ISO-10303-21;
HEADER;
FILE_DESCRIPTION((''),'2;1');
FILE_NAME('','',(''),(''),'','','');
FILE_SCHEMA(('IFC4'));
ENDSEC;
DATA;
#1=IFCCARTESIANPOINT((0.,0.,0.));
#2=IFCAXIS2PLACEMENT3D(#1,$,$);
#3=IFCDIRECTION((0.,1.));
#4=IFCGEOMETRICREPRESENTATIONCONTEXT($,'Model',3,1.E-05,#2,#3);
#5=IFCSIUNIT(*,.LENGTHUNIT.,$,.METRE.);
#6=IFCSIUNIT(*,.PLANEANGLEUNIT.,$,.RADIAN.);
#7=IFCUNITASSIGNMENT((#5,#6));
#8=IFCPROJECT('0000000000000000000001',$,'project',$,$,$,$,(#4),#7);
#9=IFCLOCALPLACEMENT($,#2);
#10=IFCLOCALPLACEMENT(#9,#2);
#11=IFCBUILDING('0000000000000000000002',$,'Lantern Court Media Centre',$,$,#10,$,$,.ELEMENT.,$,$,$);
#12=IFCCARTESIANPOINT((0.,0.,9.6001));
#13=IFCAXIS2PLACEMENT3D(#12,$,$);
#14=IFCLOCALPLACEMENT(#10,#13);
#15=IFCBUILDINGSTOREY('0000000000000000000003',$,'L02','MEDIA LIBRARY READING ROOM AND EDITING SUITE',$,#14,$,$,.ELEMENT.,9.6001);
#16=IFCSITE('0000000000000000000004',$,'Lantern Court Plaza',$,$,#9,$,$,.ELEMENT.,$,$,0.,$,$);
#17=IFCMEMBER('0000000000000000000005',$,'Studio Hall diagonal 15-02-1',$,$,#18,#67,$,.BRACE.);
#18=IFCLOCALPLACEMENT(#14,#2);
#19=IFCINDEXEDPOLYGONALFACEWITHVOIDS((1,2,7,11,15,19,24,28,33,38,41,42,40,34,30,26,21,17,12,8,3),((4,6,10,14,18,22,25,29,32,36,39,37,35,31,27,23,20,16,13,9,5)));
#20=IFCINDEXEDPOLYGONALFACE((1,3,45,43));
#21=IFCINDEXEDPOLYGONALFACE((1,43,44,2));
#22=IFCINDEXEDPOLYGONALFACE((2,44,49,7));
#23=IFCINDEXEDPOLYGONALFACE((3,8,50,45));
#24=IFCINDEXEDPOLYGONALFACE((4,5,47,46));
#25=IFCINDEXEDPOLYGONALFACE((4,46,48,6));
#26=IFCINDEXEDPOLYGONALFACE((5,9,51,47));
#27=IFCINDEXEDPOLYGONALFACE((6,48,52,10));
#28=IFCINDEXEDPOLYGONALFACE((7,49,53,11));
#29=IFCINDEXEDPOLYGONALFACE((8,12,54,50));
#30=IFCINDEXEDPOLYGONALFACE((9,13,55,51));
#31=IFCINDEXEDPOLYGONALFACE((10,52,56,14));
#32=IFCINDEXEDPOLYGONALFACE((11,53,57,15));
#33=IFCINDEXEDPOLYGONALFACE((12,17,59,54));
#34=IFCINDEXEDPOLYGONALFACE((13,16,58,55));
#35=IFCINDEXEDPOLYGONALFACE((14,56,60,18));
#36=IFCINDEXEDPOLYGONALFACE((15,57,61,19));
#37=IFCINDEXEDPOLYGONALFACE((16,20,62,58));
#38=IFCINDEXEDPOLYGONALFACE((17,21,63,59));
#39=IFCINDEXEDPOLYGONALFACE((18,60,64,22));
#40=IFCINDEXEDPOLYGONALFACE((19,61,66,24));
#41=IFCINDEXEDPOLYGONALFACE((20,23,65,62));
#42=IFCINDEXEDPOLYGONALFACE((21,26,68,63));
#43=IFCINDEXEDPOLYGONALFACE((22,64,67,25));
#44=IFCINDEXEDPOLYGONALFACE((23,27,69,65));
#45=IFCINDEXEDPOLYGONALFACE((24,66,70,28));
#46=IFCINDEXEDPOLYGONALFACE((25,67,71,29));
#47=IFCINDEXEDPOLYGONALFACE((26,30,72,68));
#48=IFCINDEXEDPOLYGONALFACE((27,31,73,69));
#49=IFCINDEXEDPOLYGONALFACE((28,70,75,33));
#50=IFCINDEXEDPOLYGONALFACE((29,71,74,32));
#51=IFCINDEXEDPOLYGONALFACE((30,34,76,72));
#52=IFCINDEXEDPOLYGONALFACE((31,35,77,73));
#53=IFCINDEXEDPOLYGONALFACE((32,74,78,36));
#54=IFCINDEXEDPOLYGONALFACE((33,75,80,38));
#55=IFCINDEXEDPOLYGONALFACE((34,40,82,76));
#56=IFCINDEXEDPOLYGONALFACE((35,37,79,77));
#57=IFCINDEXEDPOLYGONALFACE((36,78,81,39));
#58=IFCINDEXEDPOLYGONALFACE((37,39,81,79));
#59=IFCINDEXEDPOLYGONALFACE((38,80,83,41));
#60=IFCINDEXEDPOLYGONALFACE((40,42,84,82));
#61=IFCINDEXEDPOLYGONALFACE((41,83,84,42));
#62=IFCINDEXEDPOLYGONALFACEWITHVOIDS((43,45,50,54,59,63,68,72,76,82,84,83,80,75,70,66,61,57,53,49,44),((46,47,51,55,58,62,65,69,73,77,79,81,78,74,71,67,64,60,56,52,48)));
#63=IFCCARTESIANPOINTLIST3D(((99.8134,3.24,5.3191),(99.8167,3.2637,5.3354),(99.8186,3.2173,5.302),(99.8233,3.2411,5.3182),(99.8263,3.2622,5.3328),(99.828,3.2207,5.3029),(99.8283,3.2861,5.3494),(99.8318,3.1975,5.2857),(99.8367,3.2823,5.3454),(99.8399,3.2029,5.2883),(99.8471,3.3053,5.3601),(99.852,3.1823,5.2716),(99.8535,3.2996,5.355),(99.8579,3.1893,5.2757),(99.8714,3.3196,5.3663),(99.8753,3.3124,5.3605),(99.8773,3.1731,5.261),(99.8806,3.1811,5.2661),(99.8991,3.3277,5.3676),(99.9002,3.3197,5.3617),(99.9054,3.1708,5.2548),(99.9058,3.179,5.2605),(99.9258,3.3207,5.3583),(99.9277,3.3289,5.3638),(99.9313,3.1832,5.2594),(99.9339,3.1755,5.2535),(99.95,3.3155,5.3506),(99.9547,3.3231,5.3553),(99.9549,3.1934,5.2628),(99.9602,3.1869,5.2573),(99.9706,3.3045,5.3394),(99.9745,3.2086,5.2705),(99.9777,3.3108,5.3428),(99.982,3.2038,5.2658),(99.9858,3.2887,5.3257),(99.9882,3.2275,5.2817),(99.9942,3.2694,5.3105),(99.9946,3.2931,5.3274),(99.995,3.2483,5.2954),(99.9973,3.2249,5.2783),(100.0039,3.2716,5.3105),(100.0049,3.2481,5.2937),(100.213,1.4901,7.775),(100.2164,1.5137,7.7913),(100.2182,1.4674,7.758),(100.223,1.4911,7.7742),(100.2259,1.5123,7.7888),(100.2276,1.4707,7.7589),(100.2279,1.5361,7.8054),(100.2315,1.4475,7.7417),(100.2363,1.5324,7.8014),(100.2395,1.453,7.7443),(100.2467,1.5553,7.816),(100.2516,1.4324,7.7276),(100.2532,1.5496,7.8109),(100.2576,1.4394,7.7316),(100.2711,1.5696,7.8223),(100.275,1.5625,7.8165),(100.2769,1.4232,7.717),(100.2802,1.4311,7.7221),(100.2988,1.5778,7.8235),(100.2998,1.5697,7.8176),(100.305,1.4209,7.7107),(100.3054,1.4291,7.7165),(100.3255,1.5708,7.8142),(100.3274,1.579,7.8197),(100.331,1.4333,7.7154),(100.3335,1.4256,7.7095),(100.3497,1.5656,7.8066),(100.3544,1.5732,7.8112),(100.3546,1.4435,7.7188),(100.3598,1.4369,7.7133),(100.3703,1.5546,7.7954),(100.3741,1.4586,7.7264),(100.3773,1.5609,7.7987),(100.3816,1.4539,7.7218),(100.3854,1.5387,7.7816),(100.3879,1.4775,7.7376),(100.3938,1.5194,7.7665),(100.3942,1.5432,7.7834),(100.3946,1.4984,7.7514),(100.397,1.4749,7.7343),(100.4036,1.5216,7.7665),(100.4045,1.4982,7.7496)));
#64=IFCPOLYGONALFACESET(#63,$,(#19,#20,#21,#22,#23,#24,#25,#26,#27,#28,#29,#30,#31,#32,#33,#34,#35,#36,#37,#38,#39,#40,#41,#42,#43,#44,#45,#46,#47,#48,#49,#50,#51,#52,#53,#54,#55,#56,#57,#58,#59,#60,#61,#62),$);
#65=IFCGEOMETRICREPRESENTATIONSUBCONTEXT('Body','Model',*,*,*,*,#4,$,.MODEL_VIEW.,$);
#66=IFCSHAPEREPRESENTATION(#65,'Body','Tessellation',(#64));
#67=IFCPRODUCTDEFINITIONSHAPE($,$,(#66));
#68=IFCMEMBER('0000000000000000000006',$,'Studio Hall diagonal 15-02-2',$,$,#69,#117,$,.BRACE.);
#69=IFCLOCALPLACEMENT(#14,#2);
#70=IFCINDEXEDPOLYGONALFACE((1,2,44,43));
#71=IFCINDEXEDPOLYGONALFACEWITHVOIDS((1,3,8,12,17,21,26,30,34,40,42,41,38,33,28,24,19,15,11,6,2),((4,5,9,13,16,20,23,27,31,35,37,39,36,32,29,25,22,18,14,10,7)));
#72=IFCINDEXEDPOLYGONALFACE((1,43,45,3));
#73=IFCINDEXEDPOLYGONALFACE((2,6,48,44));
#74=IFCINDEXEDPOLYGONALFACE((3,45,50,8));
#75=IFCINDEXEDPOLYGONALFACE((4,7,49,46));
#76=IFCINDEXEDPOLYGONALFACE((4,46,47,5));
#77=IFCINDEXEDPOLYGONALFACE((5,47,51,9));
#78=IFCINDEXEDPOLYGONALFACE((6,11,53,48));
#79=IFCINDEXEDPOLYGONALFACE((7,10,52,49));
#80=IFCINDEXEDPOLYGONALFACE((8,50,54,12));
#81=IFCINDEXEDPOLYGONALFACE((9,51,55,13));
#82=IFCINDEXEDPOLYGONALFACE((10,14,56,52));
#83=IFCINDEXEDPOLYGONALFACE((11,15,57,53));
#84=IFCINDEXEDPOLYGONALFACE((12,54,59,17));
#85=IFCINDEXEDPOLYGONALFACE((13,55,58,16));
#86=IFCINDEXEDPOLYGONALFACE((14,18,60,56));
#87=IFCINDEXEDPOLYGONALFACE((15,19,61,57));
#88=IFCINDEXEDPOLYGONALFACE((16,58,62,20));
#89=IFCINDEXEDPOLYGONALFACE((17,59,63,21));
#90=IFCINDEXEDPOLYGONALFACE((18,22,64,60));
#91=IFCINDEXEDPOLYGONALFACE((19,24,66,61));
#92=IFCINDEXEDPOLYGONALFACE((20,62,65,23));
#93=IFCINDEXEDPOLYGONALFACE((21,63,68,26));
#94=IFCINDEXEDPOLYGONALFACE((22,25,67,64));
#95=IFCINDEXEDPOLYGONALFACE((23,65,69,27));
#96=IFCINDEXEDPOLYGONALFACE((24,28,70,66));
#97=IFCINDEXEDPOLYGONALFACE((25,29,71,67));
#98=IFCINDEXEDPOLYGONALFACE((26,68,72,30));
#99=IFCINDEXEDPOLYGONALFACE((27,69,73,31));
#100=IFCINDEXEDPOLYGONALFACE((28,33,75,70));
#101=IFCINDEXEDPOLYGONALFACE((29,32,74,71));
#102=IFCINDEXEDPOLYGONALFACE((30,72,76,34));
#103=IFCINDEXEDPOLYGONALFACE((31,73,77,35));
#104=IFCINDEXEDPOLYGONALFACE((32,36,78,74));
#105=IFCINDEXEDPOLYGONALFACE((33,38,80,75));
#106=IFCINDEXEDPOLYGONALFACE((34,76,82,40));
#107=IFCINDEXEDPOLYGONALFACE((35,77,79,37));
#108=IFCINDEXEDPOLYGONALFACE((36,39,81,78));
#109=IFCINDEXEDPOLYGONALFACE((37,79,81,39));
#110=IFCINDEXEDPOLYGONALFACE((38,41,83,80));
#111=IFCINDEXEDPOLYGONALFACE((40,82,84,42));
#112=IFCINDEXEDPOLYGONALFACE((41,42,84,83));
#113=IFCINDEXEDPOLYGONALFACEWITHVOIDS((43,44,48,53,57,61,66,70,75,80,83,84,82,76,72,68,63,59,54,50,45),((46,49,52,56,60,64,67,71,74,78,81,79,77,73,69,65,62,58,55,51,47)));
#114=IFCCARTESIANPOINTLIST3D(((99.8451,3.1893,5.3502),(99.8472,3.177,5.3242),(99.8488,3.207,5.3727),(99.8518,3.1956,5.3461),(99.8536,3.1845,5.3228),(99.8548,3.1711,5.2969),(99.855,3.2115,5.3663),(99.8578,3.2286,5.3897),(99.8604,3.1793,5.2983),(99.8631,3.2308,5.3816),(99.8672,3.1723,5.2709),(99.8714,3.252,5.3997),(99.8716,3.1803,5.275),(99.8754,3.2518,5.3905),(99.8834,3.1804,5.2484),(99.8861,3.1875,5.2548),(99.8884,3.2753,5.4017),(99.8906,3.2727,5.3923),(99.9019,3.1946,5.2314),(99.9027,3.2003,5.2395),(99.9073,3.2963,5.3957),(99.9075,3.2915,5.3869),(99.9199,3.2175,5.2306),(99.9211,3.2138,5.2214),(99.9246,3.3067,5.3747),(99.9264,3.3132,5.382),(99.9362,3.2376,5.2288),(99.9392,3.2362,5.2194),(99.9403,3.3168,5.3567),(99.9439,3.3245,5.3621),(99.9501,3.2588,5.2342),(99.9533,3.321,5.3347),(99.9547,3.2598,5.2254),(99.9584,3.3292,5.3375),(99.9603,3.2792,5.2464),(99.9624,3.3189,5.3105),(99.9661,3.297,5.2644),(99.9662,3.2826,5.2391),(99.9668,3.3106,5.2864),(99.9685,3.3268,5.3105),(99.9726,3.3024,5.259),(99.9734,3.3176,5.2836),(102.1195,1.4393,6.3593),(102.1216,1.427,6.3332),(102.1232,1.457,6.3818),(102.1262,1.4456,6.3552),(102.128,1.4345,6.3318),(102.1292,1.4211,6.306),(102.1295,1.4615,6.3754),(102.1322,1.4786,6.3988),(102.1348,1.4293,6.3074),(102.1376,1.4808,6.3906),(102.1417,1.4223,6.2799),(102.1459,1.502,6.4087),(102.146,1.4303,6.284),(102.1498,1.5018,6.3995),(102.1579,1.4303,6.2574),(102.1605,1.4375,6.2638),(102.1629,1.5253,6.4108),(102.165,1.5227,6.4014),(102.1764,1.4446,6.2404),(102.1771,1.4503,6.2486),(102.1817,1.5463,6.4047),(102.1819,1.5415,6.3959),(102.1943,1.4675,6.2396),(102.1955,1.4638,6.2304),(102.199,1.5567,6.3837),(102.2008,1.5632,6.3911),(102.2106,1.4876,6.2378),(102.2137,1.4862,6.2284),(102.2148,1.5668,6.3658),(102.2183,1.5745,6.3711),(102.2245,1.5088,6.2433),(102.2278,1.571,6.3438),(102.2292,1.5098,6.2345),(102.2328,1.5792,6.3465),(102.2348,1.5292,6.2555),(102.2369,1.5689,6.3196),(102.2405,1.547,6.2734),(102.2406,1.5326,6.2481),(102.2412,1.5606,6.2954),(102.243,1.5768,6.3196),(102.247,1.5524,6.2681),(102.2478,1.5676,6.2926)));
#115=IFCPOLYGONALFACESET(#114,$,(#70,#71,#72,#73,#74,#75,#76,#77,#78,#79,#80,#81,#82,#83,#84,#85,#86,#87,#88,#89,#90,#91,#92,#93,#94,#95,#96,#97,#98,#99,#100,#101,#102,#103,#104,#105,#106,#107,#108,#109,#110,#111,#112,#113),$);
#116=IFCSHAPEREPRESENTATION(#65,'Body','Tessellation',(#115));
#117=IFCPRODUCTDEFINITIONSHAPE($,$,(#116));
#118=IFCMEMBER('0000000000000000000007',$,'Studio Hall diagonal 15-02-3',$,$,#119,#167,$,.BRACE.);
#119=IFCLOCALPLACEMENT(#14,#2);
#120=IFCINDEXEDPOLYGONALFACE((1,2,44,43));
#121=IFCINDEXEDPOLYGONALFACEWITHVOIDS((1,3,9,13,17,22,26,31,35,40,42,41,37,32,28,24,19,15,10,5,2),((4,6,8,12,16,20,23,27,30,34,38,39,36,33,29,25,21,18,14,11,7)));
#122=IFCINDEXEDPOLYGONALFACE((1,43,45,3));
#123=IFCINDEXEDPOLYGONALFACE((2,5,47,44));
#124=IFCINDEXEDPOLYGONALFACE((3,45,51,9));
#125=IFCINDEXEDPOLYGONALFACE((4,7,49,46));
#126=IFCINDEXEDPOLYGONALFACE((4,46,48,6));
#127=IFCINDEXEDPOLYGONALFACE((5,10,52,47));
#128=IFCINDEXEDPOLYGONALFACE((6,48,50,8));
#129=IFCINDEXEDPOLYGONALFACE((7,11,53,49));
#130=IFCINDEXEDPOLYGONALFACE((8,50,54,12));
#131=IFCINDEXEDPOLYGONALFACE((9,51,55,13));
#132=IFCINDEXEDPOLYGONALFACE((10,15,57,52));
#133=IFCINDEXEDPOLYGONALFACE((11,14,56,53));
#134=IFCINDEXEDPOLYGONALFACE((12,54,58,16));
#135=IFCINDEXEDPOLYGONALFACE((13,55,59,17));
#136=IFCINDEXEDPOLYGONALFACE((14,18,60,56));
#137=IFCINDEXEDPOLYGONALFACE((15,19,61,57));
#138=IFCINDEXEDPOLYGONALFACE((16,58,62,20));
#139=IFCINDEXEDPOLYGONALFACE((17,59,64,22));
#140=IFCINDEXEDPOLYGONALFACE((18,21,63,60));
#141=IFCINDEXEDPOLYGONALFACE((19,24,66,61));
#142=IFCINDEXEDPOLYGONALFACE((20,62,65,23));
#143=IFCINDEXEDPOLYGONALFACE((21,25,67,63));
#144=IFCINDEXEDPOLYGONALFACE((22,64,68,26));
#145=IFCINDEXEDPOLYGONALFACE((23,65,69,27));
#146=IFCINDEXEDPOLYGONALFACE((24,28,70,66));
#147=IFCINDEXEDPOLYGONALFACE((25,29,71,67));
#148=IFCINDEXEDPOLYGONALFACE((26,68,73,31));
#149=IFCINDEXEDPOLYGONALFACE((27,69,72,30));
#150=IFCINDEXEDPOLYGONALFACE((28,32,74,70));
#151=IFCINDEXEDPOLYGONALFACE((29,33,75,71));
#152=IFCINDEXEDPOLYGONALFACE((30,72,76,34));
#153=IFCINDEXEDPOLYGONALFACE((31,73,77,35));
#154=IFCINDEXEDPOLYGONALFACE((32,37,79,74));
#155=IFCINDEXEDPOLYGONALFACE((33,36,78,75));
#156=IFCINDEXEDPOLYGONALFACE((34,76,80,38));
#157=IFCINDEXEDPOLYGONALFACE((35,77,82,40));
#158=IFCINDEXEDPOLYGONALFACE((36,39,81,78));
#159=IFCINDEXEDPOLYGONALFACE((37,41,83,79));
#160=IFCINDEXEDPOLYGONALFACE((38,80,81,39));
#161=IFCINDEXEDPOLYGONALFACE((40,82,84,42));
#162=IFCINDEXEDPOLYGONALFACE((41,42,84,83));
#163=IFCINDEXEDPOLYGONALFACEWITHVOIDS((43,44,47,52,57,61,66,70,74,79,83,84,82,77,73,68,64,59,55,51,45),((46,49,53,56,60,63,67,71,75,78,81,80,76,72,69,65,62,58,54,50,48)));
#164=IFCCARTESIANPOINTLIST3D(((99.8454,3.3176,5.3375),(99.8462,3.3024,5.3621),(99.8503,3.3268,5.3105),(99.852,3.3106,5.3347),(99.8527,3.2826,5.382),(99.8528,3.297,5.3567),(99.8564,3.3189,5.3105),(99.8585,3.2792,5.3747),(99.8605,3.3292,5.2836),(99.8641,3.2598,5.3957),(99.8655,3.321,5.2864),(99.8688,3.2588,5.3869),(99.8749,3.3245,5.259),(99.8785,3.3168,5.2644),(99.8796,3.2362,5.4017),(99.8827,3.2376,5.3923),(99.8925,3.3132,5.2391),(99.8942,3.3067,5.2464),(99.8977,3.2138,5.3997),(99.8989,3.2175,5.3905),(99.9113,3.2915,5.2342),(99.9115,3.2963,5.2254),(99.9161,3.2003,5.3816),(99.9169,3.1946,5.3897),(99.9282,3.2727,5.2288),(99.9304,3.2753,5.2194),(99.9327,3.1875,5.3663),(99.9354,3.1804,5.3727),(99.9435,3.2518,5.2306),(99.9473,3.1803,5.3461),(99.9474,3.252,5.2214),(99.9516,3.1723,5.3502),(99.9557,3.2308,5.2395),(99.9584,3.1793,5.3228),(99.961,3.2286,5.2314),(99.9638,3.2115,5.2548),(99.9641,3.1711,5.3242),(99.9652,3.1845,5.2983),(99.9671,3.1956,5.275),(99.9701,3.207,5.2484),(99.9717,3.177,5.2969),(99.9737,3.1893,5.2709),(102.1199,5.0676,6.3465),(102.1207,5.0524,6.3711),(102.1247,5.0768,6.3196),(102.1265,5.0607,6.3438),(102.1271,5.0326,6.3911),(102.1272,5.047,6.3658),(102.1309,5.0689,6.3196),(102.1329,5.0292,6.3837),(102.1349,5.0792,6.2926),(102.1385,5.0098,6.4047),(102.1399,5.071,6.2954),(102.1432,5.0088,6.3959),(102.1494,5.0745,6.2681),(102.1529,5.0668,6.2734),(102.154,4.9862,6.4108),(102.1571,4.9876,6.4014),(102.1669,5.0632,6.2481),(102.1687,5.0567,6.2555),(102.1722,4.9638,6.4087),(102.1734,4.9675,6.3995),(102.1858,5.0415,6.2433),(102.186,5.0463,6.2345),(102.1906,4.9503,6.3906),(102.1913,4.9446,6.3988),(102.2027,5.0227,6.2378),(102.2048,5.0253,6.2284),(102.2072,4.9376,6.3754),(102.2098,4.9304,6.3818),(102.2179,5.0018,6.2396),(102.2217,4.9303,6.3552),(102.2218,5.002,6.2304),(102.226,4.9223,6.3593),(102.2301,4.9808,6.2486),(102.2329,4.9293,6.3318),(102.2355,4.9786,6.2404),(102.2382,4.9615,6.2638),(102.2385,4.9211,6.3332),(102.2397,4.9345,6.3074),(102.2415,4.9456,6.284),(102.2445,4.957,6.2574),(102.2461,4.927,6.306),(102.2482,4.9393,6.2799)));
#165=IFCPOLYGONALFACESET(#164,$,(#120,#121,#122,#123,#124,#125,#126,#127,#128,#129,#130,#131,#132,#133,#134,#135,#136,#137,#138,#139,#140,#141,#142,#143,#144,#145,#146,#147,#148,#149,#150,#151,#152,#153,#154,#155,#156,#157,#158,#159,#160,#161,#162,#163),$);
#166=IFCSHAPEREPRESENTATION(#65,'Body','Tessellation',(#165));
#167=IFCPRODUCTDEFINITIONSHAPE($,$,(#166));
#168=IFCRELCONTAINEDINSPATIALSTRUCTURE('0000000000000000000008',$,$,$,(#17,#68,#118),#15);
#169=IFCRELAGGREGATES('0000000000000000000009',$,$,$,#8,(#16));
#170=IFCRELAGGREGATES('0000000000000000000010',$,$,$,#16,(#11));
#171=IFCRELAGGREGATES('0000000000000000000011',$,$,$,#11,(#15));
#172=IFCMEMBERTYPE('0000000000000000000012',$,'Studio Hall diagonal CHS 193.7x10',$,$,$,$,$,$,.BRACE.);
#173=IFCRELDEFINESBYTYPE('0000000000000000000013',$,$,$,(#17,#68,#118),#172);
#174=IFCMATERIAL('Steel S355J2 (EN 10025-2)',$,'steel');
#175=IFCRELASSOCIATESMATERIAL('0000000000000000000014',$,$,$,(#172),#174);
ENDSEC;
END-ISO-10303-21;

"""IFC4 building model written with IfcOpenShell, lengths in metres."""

from ifc_helpers import new_model, si_unit, direction, frame, origin, origin_2d, place, context, subcontext, project, spatial, hollow_circle, extrude, material, material_profile, profile_set, type_object, element, save


model = new_model("IFC4")

# Units and contexts
model_context = context("Model", 3, precision=1e-05, world=origin(), true_north=direction((0.0, 1.0)))
body_context = subcontext(model_context, "Body", "Model", "MODEL_VIEW")
ifc_project = project(units=[si_unit("LENGTHUNIT", "METRE"), si_unit("PLANEANGLEUNIT", "RADIAN")], contexts=[model_context])

# Site, building, storey
site_placement = place(None, origin())
site = spatial("IfcSite", under=ifc_project, at=site_placement, Name="Lantern Court Plaza", CompositionType="ELEMENT", RefElevation=0.0)
building_placement = place(site_placement, origin())
building = spatial("IfcBuilding", under=site, at=building_placement, Name="Lantern Court Media Centre", CompositionType="ELEMENT")
storey_placement = place(building_placement, frame((0.0, 0.0, 9.6001)))
storey = spatial("IfcBuildingStorey", under=building, at=storey_placement, Name="L02", Description="MEDIA LIBRARY READING ROOM AND EDITING SUITE", CompositionType="ELEMENT", Elevation=9.6001)

# Members
ifc_material_1 = material(Name="Steel S355J2 (EN 10025-2)", Category="steel")
ifc_material_profile_1 = material_profile(ifc_material_1, hollow_circle(Radius=0.0969, WallThickness=0.01, at=origin_2d()), Name="Studio Hall diagonal CHS 193.7x10")
ifc_profile_set_1 = profile_set([ifc_material_profile_1], Name="Steel S355J2 (EN 10025-2)")
member_type_1 = type_object("IfcMemberType", Name="Studio Hall diagonal CHS 193.7x10", PredefinedType="BRACE", material=ifc_profile_set_1)
for number, where, z_axis, x_axis, name in (
    (1, (99.9094, 3.25, 5.3105), (0.131375, -0.575259, 0.807352), (0.9749, 0.222644, 0.0), "Studio Hall diagonal 15-02-1"),
    (2, (99.9094, 3.25, 5.3105), (0.747677, -0.575284, 0.331703), (0.609809, 0.792548, 0.0), "Studio Hall diagonal 15-02-2"),
    (3, (99.9094, 3.25, 5.3105), (0.747677, 0.575284, 0.331703), (-0.609809, 0.792548, 0.0), "Studio Hall diagonal 15-02-3"),
):
    element("IfcMember", number, at=place(storey_placement, frame(where, z_axis=z_axis, x_axis=x_axis)), inside=storey, type_object=member_type_1, Name=name, PredefinedType="BRACE", context=body_context, shape_type="SweptSolid", body=[
        extrude(hollow_circle(Radius=0.0969, WallThickness=0.01, at=origin_2d()), origin(), (0.0, 0.0, 1.0), 3.042),
    ])

save(model, "model.ifc")
